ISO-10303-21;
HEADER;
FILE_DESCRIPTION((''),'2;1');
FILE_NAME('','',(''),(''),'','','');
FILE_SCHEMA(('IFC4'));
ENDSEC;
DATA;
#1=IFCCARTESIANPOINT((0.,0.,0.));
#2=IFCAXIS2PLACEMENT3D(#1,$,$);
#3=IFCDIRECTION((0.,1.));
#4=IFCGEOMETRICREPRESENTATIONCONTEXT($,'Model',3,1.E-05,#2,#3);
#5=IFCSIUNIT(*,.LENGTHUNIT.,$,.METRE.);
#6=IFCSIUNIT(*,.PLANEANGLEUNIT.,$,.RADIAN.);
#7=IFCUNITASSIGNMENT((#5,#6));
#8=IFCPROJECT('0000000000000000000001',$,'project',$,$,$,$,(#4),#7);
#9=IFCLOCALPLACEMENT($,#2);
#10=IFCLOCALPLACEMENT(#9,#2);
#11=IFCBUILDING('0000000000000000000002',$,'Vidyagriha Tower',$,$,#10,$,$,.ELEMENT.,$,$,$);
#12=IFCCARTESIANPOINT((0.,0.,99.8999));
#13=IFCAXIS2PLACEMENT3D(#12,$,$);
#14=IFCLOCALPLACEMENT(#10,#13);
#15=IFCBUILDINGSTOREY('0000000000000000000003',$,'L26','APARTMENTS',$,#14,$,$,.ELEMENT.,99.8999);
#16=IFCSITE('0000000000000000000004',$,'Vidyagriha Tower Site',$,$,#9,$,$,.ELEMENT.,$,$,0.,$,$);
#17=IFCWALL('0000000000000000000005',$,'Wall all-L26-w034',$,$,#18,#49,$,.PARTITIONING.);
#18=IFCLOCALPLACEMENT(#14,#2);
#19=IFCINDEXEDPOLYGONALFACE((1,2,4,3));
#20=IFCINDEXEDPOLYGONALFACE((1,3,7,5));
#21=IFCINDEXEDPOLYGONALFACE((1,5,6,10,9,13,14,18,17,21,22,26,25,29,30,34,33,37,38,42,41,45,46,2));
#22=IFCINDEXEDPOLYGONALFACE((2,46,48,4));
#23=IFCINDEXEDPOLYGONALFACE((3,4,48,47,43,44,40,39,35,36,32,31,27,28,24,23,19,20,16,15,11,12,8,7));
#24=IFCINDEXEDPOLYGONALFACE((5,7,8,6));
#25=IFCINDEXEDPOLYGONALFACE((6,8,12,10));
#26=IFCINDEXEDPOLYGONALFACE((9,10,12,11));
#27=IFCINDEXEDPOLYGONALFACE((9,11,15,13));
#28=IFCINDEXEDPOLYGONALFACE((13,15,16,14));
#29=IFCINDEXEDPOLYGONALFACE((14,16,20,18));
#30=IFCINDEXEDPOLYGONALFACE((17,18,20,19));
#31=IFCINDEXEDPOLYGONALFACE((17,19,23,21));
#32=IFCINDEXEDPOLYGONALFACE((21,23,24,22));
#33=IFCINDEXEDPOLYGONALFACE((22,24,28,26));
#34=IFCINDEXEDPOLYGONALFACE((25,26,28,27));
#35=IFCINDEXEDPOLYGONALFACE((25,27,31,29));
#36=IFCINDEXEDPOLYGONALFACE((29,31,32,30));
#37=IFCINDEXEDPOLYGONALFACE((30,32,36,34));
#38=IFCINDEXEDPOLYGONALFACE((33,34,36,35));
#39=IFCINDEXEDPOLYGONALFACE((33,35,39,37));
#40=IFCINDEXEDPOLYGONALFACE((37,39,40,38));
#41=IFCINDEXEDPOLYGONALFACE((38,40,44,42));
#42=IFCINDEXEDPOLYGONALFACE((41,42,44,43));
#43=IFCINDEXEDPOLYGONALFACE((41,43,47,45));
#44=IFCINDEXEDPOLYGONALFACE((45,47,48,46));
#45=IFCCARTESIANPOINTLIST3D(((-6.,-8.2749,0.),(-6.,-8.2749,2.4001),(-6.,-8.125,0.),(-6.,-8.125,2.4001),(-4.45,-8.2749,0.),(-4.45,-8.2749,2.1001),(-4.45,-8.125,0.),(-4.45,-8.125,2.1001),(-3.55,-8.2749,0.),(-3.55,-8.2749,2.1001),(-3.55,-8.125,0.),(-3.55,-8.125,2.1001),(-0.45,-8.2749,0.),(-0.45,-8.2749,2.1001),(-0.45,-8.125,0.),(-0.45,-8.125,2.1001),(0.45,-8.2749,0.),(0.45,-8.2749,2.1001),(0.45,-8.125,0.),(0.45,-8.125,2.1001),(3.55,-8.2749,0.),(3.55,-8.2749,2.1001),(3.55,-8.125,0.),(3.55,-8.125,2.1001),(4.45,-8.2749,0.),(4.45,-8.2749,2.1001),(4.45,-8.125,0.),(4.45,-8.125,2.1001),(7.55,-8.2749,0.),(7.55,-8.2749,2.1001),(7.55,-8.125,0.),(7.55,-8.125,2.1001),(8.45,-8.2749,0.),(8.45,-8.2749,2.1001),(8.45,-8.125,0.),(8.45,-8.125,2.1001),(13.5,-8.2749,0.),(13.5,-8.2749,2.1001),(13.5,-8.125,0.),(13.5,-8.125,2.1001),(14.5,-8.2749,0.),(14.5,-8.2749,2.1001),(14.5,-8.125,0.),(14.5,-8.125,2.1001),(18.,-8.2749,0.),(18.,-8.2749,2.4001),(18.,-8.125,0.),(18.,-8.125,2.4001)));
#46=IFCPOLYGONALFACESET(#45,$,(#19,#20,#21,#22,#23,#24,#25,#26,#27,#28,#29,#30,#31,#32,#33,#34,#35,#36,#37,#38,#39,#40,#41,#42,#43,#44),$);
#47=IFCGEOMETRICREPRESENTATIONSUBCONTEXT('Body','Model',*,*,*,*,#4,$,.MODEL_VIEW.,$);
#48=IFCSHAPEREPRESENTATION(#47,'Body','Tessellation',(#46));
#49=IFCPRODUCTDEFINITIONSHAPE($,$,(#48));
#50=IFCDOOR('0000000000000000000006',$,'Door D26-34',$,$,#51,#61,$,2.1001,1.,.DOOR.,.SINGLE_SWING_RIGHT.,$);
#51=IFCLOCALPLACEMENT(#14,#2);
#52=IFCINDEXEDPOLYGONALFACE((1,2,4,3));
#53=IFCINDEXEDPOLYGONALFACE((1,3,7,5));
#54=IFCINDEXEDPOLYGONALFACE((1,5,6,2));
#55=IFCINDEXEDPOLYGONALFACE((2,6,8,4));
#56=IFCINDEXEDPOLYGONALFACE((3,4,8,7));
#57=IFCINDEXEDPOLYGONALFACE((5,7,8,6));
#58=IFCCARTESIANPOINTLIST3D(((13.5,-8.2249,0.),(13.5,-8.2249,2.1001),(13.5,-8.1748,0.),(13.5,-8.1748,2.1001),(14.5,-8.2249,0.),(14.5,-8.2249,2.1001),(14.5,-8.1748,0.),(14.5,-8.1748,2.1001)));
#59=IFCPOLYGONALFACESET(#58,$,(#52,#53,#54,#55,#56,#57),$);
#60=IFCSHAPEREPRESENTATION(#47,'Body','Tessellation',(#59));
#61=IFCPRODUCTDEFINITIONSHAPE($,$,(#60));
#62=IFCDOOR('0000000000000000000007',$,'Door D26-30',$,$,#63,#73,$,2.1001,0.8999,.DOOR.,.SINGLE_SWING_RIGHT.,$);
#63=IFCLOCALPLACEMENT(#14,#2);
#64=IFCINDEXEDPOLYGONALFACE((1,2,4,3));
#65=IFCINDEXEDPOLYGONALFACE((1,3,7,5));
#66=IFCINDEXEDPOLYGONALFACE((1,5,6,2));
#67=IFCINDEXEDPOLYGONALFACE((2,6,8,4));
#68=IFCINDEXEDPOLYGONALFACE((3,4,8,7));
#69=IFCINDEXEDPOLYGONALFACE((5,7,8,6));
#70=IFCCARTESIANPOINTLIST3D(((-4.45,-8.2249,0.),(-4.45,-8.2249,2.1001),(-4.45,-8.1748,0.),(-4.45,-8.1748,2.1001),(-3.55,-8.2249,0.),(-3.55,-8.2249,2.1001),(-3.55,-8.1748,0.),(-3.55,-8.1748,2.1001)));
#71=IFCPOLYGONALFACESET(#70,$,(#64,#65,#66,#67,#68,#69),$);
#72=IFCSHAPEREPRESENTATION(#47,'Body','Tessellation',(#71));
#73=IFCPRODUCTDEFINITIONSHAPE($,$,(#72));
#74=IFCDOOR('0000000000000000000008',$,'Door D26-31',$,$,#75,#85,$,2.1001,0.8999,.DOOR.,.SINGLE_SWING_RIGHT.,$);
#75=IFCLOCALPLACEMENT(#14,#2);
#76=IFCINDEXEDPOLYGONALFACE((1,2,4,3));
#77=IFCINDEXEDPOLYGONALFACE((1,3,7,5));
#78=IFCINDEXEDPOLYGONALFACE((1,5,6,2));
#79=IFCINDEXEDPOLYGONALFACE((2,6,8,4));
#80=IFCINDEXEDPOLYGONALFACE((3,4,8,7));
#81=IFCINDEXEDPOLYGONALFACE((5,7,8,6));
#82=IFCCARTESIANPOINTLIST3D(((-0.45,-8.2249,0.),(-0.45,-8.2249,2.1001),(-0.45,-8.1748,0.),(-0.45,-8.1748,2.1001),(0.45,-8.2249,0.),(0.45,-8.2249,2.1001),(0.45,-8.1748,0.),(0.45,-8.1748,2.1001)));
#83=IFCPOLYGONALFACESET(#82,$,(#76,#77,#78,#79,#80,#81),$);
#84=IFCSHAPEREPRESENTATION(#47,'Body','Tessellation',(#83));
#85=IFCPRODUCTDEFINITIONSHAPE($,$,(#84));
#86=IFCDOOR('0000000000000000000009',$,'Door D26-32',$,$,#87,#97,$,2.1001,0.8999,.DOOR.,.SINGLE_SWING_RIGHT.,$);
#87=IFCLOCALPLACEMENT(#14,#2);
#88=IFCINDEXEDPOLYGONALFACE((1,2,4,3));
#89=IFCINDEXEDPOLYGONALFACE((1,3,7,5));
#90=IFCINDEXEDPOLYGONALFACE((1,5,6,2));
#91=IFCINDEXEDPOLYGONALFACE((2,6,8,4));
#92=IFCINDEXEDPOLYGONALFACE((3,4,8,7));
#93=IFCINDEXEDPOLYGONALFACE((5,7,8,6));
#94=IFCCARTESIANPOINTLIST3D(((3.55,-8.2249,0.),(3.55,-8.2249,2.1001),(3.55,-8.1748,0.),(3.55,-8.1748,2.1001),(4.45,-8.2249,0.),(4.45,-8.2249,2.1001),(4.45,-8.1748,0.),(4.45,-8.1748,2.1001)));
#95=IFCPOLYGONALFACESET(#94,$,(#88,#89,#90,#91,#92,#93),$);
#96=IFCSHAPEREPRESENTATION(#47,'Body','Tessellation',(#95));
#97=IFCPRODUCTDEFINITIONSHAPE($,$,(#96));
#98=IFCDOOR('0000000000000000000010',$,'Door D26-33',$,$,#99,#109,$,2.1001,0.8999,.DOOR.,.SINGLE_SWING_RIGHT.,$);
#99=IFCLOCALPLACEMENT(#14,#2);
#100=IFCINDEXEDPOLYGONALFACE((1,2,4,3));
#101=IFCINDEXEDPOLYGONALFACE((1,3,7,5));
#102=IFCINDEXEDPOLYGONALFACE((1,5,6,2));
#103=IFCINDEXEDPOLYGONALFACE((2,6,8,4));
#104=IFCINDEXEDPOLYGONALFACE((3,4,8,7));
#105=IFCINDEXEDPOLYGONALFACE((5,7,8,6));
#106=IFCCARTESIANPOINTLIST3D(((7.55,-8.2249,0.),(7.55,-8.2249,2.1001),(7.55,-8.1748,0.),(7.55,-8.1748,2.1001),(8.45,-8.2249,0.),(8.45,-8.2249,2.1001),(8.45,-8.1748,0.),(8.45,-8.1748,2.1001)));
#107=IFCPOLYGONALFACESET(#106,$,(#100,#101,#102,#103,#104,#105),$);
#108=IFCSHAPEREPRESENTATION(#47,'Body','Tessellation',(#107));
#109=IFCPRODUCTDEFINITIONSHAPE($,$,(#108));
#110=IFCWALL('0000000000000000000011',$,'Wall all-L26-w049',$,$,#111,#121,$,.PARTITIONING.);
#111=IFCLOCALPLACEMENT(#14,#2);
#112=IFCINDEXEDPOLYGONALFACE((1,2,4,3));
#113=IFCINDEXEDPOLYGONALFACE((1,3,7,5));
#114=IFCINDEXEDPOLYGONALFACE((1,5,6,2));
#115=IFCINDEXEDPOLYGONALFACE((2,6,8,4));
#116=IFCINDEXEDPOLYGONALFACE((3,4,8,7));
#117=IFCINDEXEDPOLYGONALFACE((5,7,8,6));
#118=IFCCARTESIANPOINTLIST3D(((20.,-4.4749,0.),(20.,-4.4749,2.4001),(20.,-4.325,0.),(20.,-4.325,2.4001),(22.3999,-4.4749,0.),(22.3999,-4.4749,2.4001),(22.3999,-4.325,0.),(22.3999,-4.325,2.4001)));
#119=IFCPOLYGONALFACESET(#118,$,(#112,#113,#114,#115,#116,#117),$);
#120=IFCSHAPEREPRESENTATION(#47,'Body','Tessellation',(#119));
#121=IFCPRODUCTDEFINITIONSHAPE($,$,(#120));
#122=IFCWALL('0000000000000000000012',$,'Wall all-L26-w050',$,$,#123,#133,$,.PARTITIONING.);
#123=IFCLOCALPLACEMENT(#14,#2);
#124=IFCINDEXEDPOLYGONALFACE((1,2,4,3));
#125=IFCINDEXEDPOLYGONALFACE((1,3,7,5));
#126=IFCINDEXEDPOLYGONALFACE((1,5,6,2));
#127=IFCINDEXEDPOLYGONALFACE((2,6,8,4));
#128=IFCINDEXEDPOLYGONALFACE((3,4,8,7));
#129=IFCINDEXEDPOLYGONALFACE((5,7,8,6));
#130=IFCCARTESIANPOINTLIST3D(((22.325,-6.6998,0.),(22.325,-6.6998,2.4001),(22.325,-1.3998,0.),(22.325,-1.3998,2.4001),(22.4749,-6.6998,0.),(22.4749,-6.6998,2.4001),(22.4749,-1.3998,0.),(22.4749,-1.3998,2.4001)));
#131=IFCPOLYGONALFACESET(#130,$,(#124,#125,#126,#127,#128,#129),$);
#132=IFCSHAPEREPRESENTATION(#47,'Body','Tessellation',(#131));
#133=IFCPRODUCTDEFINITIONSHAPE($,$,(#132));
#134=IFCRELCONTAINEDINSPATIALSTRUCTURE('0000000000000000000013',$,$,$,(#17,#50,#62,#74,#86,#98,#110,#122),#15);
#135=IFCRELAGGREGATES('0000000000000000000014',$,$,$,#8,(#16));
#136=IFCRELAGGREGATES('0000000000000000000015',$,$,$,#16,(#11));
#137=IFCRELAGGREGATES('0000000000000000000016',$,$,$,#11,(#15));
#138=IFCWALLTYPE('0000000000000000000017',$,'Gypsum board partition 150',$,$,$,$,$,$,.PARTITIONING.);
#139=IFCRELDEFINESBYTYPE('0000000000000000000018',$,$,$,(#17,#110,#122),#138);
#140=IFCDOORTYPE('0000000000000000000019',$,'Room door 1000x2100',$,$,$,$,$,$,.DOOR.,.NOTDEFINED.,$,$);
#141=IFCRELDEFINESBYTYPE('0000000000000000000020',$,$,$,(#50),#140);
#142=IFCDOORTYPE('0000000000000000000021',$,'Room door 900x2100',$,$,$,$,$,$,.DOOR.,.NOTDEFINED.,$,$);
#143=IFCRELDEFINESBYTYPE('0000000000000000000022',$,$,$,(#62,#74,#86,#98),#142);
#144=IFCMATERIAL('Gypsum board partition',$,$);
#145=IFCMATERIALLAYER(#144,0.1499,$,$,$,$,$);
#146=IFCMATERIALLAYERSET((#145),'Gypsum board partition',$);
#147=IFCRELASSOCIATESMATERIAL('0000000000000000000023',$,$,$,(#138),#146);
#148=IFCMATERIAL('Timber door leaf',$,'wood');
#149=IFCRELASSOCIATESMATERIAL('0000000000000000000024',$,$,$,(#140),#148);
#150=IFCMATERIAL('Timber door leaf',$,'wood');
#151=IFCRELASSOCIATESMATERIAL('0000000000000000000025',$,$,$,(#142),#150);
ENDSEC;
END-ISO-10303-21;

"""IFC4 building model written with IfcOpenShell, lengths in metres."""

from ifc_helpers import new_model, si_unit, direction, frame, frame_2d, origin, place, context, subcontext, project, spatial, rectangle, extrude, material, layer, layer_set, type_object, element, fill, save


model = new_model("IFC4")

# Units and contexts
model_context = context("Model", 3, precision=1e-05, world=origin(), true_north=direction((0.0, 1.0)))
body_context = subcontext(model_context, "Body", "Model", "MODEL_VIEW")
ifc_project = project(units=[si_unit("LENGTHUNIT", "METRE"), si_unit("PLANEANGLEUNIT", "RADIAN")], contexts=[model_context])

# Site, building, storey
site_placement = place(None, origin())
site = spatial("IfcSite", under=ifc_project, at=site_placement, Name="Vidyagriha Tower Site", CompositionType="ELEMENT", RefElevation=0.0)
building_placement = place(site_placement, origin())
building = spatial("IfcBuilding", under=site, at=building_placement, Name="Vidyagriha Tower", CompositionType="ELEMENT")
storey_placement = place(building_placement, frame((0.0, 0.0, 99.8999)))
storey = spatial("IfcBuildingStorey", under=building, at=storey_placement, Name="L26", Description="APARTMENTS", CompositionType="ELEMENT", Elevation=99.8999)

# Wall, openings, doors
ifc_material_1 = material(Name="Gypsum board partition")
ifc_layer_1 = layer(ifc_material_1, 0.1499)
ifc_layer_set_1 = layer_set([ifc_layer_1], Name="Gypsum board partition")
wall_type_1 = type_object("IfcWallType", Name="Gypsum board partition 150", PredefinedType="PARTITIONING", material=ifc_layer_set_1)
wall_1_placement = place(storey_placement, frame((18.0, -8.2, 0.0), z_axis=(0.0, 0.0, 1.0), x_axis=(-1.0, 0.0, 0.0)))
wall_1 = element("IfcWall", 1, at=wall_1_placement, inside=storey, type_object=wall_type_1, Name="Wall all-L26-w034", PredefinedType="PARTITIONING", context=body_context, shape_type="SweptSolid", body=[
    extrude(rectangle(XDim=24.0, YDim=0.1499, at=frame_2d((12.0, 0.0))), origin(), (0.0, 0.0, 1.0), 2.4001),
])
opening_1_placement = place(wall_1_placement, frame((21.55, 0.0, 0.0)))
opening_1 = element("IfcOpeningElement", 2, at=opening_1_placement, cuts=wall_1, PredefinedType="OPENING", context=body_context, shape_type="SweptSolid", body=[
    extrude(rectangle(XDim=0.8999, YDim=2.1001, at=frame_2d((0.45, 1.05))), frame((0.0, 0.085, 0.0), z_axis=(0.0, -1.0, 0.0), x_axis=(1.0, 0.0, 0.0)), (0.0, 0.0, 1.0), 0.1699),
])
opening_2_placement = place(wall_1_placement, frame((17.55, 0.0, 0.0)))
opening_2 = element("IfcOpeningElement", 3, at=opening_2_placement, cuts=wall_1, PredefinedType="OPENING", context=body_context, shape_type="SweptSolid", body=[
    extrude(rectangle(XDim=0.8999, YDim=2.1001, at=frame_2d((0.45, 1.05))), frame((0.0, 0.085, 0.0), z_axis=(0.0, -1.0, 0.0), x_axis=(1.0, 0.0, 0.0)), (0.0, 0.0, 1.0), 0.1699),
])
opening_3_placement = place(wall_1_placement, frame((13.55, 0.0, 0.0)))
opening_3 = element("IfcOpeningElement", 4, at=opening_3_placement, cuts=wall_1, PredefinedType="OPENING", context=body_context, shape_type="SweptSolid", body=[
    extrude(rectangle(XDim=0.8999, YDim=2.1001, at=frame_2d((0.45, 1.05))), frame((0.0, 0.085, 0.0), z_axis=(0.0, -1.0, 0.0), x_axis=(1.0, 0.0, 0.0)), (0.0, 0.0, 1.0), 0.1699),
])
opening_4_placement = place(wall_1_placement, frame((9.55, 0.0, 0.0)))
opening_4 = element("IfcOpeningElement", 5, at=opening_4_placement, cuts=wall_1, PredefinedType="OPENING", context=body_context, shape_type="SweptSolid", body=[
    extrude(rectangle(XDim=0.8999, YDim=2.1001, at=frame_2d((0.45, 1.05))), frame((0.0, 0.085, 0.0), z_axis=(0.0, -1.0, 0.0), x_axis=(1.0, 0.0, 0.0)), (0.0, 0.0, 1.0), 0.1699),
])
opening_5_placement = place(wall_1_placement, frame((3.5, 0.0, 0.0)))
opening_5 = element("IfcOpeningElement", 6, at=opening_5_placement, cuts=wall_1, PredefinedType="OPENING", context=body_context, shape_type="SweptSolid", body=[
    extrude(rectangle(XDim=1.0, YDim=2.1001, at=frame_2d((0.5, 1.05))), frame((0.0, 0.085, 0.0), z_axis=(0.0, -1.0, 0.0), x_axis=(1.0, 0.0, 0.0)), (0.0, 0.0, 1.0), 0.1699),
])
ifc_material_2 = material(Name="Timber door leaf", Category="wood")
door_type_1 = type_object("IfcDoorType", Name="Room door 1000x2100", OperationType="NOTDEFINED", PredefinedType="DOOR", material=ifc_material_2)
door_1_placement = place(opening_5_placement, origin())
door_1 = element("IfcDoor", 7, at=door_1_placement, inside=storey, type_object=door_type_1, Name="Door D26-34", OperationType="SINGLE_SWING_RIGHT", OverallHeight=2.1001, OverallWidth=1.0, PredefinedType="DOOR", context=body_context, shape_type="SweptSolid", body=[
    extrude(rectangle(XDim=1.0, YDim=2.1001, at=frame_2d((0.5, 1.05))), frame((0.0, 0.0249, 0.0), z_axis=(0.0, -1.0, 0.0), x_axis=(1.0, 0.0, 0.0)), (0.0, 0.0, 1.0), 0.05),
])
fill(opening_5, door_1)
ifc_material_3 = material(Name="Timber door leaf", Category="wood")
door_type_2 = type_object("IfcDoorType", Name="Room door 900x2100", OperationType="NOTDEFINED", PredefinedType="DOOR", material=ifc_material_3)
door_2_placement = place(opening_1_placement, origin())
door_2 = element("IfcDoor", 8, at=door_2_placement, inside=storey, type_object=door_type_2, Name="Door D26-30", OperationType="SINGLE_SWING_RIGHT", OverallHeight=2.1001, OverallWidth=0.8999, PredefinedType="DOOR", context=body_context, shape_type="SweptSolid", body=[
    extrude(rectangle(XDim=0.8999, YDim=2.1001, at=frame_2d((0.45, 1.05))), frame((0.0, 0.0249, 0.0), z_axis=(0.0, -1.0, 0.0), x_axis=(1.0, 0.0, 0.0)), (0.0, 0.0, 1.0), 0.05),
])
fill(opening_1, door_2)
door_3_placement = place(opening_2_placement, origin())
door_3 = element("IfcDoor", 9, at=door_3_placement, inside=storey, type_object=door_type_2, Name="Door D26-31", OperationType="SINGLE_SWING_RIGHT", OverallHeight=2.1001, OverallWidth=0.8999, PredefinedType="DOOR", context=body_context, shape_type="SweptSolid", body=[
    extrude(rectangle(XDim=0.8999, YDim=2.1001, at=frame_2d((0.45, 1.05))), frame((0.0, 0.0249, 0.0), z_axis=(0.0, -1.0, 0.0), x_axis=(1.0, 0.0, 0.0)), (0.0, 0.0, 1.0), 0.05),
])
fill(opening_2, door_3)
door_4_placement = place(opening_3_placement, origin())
door_4 = element("IfcDoor", 10, at=door_4_placement, inside=storey, type_object=door_type_2, Name="Door D26-32", OperationType="SINGLE_SWING_RIGHT", OverallHeight=2.1001, OverallWidth=0.8999, PredefinedType="DOOR", context=body_context, shape_type="SweptSolid", body=[
    extrude(rectangle(XDim=0.8999, YDim=2.1001, at=frame_2d((0.45, 1.05))), frame((0.0, 0.0249, 0.0), z_axis=(0.0, -1.0, 0.0), x_axis=(1.0, 0.0, 0.0)), (0.0, 0.0, 1.0), 0.05),
])
fill(opening_3, door_4)
door_5_placement = place(opening_4_placement, origin())
door_5 = element("IfcDoor", 11, at=door_5_placement, inside=storey, type_object=door_type_2, Name="Door D26-33", OperationType="SINGLE_SWING_RIGHT", OverallHeight=2.1001, OverallWidth=0.8999, PredefinedType="DOOR", context=body_context, shape_type="SweptSolid", body=[
    extrude(rectangle(XDim=0.8999, YDim=2.1001, at=frame_2d((0.45, 1.05))), frame((0.0, 0.0249, 0.0), z_axis=(0.0, -1.0, 0.0), x_axis=(1.0, 0.0, 0.0)), (0.0, 0.0, 1.0), 0.05),
])
fill(opening_4, door_5)

# Walls
wall_2_placement = place(storey_placement, frame((22.3999, -4.3999, 0.0), z_axis=(0.0, 0.0, 1.0), x_axis=(-1.0, 0.0, 0.0)))
element("IfcWall", 12, at=wall_2_placement, inside=storey, type_object=wall_type_1, Name="Wall all-L26-w049", PredefinedType="PARTITIONING", context=body_context, shape_type="SweptSolid", body=[
    extrude(rectangle(XDim=2.3999, YDim=0.1499, at=frame_2d((1.2, 0.0))), origin(), (0.0, 0.0, 1.0), 2.4001),
])
wall_3_placement = place(storey_placement, frame((22.3999, -1.3999, 0.0), z_axis=(0.0, 0.0, 1.0), x_axis=(0.0, -1.0, 0.0)))
element("IfcWall", 13, at=wall_3_placement, inside=storey, type_object=wall_type_1, Name="Wall all-L26-w050", PredefinedType="PARTITIONING", context=body_context, shape_type="SweptSolid", body=[
    extrude(rectangle(XDim=5.3, YDim=0.1499, at=frame_2d((2.6499, 0.0))), origin(), (0.0, 0.0, 1.0), 2.4001),
])

save(model, "model.ifc")
